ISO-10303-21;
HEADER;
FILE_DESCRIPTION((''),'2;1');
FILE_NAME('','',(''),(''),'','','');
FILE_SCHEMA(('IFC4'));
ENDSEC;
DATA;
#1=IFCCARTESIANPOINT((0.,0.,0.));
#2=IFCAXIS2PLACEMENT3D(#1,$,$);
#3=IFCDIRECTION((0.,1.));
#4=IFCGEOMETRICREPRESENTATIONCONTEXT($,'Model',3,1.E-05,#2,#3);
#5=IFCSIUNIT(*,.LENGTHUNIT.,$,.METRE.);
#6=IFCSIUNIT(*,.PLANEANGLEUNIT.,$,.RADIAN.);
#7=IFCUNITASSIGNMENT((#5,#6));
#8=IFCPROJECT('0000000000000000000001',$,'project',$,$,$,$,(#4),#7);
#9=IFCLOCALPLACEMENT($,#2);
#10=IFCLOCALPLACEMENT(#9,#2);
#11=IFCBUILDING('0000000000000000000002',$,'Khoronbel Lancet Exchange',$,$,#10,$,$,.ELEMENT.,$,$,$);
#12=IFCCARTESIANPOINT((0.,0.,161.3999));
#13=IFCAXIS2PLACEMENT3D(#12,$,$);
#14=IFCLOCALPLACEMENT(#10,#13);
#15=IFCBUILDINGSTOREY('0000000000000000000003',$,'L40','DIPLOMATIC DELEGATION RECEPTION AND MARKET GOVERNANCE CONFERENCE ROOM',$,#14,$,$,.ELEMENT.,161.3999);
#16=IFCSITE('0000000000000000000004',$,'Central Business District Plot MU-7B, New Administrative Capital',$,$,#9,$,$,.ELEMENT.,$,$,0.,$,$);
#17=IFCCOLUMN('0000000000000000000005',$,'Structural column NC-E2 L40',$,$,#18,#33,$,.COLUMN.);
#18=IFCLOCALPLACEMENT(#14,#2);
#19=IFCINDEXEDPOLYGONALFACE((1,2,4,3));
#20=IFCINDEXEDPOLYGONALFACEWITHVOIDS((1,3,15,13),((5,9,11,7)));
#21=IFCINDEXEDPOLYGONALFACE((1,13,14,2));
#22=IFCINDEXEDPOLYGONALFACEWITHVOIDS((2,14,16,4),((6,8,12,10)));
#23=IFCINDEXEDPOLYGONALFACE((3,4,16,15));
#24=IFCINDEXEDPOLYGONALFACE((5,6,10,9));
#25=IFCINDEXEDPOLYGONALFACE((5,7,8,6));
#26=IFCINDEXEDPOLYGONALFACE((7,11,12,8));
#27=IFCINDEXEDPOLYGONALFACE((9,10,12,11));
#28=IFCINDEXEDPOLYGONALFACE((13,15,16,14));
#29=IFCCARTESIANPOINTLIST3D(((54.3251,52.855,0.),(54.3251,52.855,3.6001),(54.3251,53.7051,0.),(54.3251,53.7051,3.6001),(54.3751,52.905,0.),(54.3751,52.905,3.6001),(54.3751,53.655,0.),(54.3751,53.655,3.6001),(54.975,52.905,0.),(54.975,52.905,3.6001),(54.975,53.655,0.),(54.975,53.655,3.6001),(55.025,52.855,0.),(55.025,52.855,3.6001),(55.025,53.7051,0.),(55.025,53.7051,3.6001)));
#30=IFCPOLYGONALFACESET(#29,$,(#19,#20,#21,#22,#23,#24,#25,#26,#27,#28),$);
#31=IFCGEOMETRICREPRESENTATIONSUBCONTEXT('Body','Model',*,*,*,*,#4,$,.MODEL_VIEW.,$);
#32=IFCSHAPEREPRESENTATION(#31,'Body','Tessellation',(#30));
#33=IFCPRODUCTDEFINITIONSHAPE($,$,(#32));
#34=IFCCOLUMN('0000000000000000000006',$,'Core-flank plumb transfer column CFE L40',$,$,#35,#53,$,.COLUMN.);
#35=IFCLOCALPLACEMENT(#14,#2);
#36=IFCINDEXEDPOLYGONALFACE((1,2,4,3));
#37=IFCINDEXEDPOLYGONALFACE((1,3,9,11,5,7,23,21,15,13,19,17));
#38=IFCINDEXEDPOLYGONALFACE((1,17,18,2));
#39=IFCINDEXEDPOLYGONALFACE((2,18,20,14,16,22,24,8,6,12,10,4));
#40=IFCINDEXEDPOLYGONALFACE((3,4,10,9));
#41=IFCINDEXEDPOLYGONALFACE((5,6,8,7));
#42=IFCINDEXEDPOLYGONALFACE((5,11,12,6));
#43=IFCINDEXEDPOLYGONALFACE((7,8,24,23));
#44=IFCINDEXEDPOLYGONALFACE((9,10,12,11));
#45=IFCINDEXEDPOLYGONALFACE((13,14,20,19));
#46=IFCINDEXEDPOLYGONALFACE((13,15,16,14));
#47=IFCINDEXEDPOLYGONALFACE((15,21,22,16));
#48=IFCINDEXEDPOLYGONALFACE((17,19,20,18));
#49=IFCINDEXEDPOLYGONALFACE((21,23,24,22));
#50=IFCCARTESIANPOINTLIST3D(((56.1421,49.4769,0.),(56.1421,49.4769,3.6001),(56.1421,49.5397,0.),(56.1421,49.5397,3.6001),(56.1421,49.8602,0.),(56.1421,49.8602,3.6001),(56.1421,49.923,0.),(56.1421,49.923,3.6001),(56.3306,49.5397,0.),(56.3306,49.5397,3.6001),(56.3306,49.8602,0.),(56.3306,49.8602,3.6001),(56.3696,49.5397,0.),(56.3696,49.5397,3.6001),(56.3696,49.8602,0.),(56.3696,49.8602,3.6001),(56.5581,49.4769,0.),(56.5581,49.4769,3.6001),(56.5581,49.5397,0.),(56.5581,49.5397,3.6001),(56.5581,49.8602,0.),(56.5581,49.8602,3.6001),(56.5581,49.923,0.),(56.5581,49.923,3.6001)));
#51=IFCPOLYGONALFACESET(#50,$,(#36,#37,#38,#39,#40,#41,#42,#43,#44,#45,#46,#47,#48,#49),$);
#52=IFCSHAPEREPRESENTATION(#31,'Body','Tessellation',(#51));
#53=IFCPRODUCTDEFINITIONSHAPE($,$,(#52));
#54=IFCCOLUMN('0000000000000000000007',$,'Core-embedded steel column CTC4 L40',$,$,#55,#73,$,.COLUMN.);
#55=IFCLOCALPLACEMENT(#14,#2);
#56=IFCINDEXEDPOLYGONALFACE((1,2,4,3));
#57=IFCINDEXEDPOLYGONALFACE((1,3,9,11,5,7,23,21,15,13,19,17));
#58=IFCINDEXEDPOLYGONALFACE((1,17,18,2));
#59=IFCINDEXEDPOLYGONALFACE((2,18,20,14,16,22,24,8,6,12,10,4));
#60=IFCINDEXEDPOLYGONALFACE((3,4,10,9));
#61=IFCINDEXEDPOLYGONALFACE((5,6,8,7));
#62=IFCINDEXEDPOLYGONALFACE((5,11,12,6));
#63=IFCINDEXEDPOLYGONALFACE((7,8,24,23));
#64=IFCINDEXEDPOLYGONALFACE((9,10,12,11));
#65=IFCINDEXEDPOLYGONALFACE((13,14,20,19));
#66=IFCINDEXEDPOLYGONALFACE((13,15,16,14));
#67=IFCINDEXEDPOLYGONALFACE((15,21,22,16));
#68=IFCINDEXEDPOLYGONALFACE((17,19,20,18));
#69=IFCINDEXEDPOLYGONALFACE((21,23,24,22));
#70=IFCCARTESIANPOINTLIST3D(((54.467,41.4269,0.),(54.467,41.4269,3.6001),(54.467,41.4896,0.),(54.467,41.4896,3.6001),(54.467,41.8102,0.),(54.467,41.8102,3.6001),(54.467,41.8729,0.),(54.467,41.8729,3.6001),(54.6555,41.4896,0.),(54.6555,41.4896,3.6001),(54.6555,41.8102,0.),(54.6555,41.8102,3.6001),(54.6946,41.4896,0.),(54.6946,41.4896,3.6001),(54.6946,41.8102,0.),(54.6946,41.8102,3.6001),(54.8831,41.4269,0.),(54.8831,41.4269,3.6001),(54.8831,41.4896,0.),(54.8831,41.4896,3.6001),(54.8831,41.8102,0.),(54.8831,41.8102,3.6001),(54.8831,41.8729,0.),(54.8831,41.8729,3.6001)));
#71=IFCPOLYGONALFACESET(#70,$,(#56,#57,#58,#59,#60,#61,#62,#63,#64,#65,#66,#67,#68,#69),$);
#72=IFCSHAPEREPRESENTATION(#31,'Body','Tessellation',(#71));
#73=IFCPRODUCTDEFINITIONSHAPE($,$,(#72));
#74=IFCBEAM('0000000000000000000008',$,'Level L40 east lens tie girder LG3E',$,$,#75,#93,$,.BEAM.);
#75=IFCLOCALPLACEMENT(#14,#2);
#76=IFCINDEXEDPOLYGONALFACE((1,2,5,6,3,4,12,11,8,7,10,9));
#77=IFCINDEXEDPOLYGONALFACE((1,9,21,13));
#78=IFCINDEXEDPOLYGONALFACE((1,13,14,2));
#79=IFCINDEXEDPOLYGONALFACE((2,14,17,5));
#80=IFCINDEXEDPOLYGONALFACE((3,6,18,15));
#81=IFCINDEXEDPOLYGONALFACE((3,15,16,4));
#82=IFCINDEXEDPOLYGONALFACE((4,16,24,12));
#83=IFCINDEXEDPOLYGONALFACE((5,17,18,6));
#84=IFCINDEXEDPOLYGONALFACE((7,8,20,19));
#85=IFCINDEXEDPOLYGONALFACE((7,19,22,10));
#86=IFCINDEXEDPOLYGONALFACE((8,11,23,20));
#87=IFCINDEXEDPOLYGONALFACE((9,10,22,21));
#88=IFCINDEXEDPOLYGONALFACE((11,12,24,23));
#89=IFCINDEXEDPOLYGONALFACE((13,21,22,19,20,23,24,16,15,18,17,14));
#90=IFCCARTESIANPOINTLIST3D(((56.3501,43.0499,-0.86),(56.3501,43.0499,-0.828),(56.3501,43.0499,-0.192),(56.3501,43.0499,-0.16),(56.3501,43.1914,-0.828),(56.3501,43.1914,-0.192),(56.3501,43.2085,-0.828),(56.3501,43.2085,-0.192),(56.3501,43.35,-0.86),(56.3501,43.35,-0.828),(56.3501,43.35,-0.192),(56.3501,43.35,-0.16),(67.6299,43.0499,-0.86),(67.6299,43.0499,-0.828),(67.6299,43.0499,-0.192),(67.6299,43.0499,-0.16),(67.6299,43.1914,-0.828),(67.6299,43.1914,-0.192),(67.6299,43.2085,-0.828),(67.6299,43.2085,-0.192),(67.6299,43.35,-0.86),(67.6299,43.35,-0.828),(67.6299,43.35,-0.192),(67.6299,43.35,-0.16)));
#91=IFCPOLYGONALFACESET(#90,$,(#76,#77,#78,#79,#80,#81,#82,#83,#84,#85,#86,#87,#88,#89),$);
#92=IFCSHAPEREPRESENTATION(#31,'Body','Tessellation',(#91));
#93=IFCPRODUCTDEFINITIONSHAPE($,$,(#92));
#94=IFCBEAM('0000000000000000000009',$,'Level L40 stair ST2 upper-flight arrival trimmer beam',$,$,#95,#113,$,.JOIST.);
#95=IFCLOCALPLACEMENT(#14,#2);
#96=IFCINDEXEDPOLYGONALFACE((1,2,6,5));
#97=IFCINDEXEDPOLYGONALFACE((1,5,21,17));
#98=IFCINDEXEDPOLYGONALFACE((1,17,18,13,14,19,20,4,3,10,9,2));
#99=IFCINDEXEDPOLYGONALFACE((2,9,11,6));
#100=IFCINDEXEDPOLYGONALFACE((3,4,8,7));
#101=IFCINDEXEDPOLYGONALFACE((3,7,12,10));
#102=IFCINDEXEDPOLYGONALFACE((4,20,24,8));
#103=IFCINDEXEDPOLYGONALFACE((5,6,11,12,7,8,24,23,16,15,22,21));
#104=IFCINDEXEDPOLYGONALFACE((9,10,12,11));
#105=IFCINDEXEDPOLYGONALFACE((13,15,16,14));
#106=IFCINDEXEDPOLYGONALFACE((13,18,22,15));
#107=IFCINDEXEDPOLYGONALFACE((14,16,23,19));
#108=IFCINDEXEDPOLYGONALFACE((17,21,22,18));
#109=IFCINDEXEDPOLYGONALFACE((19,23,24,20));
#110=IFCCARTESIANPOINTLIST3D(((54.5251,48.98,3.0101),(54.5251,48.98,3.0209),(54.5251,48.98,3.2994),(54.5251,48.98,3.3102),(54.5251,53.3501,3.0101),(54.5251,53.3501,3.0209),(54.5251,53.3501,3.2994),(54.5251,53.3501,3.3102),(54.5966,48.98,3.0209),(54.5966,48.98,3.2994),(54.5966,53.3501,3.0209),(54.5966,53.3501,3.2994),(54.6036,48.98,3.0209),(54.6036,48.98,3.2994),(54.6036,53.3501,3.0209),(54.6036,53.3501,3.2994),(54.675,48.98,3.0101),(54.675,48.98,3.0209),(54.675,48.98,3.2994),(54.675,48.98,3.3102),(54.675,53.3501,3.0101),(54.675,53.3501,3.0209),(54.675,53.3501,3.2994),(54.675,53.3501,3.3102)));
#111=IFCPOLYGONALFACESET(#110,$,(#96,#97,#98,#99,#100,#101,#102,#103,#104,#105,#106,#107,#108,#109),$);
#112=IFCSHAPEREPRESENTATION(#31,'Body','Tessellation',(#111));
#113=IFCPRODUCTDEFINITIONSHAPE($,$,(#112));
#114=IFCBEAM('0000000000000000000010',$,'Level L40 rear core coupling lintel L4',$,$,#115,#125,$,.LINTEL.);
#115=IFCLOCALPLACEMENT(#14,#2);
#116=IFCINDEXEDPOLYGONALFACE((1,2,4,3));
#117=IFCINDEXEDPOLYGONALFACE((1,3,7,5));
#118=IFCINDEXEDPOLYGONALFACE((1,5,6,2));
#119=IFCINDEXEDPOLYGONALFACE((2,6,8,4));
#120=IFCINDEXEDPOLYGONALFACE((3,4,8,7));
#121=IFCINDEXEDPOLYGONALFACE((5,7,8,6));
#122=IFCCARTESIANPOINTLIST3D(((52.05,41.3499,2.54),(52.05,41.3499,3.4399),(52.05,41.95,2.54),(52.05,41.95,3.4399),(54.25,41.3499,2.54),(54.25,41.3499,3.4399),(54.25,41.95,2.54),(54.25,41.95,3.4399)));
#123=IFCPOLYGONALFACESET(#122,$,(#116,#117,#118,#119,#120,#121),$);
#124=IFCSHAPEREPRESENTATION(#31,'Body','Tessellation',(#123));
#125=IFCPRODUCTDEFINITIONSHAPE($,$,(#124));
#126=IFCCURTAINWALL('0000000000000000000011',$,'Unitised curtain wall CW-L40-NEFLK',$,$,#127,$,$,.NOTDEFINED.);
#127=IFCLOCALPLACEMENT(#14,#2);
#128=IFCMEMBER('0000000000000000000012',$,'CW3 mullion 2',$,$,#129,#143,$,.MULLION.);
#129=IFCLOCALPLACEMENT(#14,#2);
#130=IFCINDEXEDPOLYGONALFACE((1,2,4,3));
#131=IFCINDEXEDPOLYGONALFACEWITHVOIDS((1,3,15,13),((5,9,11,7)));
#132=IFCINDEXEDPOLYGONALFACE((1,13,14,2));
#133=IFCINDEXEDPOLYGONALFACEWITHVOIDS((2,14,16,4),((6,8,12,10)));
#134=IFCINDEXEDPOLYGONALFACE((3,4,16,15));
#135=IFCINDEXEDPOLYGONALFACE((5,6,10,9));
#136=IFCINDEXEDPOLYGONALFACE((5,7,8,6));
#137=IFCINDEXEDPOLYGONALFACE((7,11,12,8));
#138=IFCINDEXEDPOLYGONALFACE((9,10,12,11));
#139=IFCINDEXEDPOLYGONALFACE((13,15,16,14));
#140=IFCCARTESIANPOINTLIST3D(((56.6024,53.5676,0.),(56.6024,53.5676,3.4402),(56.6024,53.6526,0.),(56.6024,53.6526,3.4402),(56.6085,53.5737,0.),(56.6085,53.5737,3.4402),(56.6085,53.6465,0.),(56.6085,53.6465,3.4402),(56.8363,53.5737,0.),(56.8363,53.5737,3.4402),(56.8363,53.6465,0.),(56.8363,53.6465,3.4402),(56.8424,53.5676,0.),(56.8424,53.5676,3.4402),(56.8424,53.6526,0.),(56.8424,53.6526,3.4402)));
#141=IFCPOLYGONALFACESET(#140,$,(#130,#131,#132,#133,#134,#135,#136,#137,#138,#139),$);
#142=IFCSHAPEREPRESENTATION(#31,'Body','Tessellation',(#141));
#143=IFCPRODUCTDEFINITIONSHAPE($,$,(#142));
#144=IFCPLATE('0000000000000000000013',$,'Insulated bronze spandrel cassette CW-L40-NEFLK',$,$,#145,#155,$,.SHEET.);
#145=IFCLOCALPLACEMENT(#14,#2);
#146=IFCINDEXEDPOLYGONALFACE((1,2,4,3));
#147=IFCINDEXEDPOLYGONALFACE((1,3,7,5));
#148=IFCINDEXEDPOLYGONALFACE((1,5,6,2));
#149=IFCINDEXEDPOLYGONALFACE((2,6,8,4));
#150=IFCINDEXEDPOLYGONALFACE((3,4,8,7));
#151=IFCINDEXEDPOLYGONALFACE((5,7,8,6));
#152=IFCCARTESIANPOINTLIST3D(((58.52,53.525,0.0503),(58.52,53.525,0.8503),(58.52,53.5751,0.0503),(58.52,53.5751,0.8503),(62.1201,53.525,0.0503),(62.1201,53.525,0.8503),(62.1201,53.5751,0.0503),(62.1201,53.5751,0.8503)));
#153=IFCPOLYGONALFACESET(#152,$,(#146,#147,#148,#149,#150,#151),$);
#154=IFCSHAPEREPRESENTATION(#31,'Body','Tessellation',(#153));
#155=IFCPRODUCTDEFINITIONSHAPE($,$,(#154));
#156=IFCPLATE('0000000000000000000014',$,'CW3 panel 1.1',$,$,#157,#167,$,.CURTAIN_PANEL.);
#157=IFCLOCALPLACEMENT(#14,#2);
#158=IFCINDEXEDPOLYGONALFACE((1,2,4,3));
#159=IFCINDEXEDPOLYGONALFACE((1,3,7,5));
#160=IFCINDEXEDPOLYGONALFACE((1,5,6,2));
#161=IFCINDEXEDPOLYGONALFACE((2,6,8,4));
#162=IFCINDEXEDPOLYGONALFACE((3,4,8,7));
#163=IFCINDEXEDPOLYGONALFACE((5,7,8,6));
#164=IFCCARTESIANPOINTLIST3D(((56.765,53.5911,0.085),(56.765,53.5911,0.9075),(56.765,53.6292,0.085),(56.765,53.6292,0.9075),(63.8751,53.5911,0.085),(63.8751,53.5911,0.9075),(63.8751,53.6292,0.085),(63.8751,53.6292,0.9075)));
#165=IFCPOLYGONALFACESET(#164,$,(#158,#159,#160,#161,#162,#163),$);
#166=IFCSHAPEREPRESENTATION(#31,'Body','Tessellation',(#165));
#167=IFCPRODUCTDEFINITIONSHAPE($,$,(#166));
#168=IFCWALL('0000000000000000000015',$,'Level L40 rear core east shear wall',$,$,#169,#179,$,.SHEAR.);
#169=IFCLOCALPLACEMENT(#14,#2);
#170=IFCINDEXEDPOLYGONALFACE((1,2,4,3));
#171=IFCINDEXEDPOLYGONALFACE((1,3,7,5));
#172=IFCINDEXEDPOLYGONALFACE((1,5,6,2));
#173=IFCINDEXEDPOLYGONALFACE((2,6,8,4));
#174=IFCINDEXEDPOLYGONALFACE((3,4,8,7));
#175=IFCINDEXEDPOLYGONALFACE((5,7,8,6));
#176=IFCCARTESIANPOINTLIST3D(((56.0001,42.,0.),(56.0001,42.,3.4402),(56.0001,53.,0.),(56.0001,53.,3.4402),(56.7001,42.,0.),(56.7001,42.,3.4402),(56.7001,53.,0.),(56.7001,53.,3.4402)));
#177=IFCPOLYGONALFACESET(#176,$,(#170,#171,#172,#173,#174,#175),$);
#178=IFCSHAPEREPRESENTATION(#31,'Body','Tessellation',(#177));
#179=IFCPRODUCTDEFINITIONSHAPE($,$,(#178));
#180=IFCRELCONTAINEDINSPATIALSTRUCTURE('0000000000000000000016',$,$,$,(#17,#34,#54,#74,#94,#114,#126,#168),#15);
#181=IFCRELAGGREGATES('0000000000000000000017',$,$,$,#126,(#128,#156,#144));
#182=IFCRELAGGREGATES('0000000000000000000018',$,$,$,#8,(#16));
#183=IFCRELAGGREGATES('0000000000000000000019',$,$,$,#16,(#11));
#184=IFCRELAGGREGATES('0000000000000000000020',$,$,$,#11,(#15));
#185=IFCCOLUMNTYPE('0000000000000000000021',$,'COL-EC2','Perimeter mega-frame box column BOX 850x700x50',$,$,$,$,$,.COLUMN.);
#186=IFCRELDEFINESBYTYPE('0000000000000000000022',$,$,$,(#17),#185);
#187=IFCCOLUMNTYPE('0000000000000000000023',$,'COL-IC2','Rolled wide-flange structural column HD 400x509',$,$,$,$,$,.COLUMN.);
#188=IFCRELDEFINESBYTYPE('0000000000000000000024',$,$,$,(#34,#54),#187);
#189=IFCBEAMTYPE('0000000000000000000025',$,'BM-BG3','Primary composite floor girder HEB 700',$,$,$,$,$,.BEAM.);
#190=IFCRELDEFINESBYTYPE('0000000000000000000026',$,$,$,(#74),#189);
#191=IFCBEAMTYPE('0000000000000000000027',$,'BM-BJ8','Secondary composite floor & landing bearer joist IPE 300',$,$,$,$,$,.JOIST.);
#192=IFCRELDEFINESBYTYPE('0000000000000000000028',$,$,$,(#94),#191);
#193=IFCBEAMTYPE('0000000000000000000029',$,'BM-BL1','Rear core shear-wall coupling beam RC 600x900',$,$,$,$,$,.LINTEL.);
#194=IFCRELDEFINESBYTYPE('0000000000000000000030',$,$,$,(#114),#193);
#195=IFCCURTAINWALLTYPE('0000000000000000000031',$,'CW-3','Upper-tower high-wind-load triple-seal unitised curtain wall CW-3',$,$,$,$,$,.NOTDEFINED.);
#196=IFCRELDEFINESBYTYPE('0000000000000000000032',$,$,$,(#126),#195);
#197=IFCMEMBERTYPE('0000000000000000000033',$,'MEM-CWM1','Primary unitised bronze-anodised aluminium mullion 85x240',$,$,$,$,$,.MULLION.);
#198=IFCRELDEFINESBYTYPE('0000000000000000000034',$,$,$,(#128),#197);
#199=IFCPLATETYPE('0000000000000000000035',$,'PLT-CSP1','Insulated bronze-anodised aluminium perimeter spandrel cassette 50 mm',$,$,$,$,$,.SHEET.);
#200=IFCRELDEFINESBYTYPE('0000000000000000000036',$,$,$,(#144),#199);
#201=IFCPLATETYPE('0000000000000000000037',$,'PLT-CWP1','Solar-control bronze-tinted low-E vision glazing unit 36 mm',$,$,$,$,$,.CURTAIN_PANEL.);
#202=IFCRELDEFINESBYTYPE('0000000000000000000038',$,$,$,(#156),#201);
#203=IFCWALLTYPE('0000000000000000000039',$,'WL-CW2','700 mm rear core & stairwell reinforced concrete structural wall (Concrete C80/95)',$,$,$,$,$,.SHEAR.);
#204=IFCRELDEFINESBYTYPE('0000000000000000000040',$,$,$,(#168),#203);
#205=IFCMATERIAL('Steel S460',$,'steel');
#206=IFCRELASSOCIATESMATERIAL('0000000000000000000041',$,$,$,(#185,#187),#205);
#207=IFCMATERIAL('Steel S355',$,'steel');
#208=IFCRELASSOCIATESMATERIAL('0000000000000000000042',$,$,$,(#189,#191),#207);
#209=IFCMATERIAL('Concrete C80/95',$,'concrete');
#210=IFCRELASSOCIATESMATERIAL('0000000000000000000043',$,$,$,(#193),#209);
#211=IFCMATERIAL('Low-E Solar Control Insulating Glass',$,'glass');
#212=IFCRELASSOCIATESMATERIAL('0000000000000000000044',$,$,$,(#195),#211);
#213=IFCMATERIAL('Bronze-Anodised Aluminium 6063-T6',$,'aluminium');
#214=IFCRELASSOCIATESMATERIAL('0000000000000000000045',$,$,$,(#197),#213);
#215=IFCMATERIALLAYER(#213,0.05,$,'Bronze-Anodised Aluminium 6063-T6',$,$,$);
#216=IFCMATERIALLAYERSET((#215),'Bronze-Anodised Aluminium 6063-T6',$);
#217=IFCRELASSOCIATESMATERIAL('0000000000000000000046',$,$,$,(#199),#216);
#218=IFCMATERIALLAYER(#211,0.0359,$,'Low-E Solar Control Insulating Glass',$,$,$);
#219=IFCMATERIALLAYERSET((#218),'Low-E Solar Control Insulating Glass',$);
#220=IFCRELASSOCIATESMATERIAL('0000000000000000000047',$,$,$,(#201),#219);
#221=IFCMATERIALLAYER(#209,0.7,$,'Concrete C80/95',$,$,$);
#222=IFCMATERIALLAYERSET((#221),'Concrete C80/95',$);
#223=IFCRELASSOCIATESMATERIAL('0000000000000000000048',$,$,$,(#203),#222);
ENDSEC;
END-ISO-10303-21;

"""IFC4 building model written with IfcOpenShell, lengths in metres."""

from ifc_helpers import new_model, si_unit, direction, frame, frame_2d, origin, origin_2d, place, context, subcontext, project, spatial, rectangle, hollow_rectangle, i_section, extrude, material, layer, layer_set, material_profile, profile_set, type_object, element, aggregate, save


model = new_model("IFC4")

# Units and contexts
model_context = context("Model", 3, precision=1e-05, world=origin(), true_north=direction((0.0, 1.0)))
body_context = subcontext(model_context, "Body", "Model", "MODEL_VIEW")
ifc_project = project(units=[si_unit("LENGTHUNIT", "METRE"), si_unit("PLANEANGLEUNIT", "RADIAN")], contexts=[model_context])

# Site, building, storey
site_placement = place(None, origin())
site = spatial("IfcSite", under=ifc_project, at=site_placement, Name="Central Business District Plot MU-7B, New Administrative Capital", CompositionType="ELEMENT", RefElevation=0.0)
building_placement = place(site_placement, origin())
building = spatial("IfcBuilding", under=site, at=building_placement, Name="Khoronbel Lancet Exchange", CompositionType="ELEMENT")
storey_placement = place(building_placement, frame((0.0, 0.0, 161.3999)))
storey = spatial("IfcBuildingStorey", under=building, at=storey_placement, Name="L40", Description="DIPLOMATIC DELEGATION RECEPTION AND MARKET GOVERNANCE CONFERENCE ROOM", CompositionType="ELEMENT", Elevation=161.3999)

# Columns
ifc_material_1 = material(Name="Steel S460", Category="steel")
ifc_material_profile_1 = material_profile(ifc_material_1, hollow_rectangle(XDim=0.7, YDim=0.8501, WallThickness=0.05, at=origin_2d()), Name="BOX 850x700x50")
ifc_profile_set_1 = profile_set([ifc_material_profile_1], Name="Steel S460")
column_type_1 = type_object("IfcColumnType", Name="COL-EC2", Description="Perimeter mega-frame box column BOX 850x700x50", PredefinedType="COLUMN", material=ifc_profile_set_1)
column_placement = place(storey_placement, frame((54.675, 53.28, 0.0), z_axis=(0.0, 0.0, 1.0), x_axis=(1.0, 0.0, 0.0)))
element("IfcColumn", 1, at=column_placement, inside=storey, type_object=column_type_1, Name="Structural column NC-E2 L40", PredefinedType="COLUMN", context=body_context, shape_type="SweptSolid", body=[
    extrude(hollow_rectangle(XDim=0.7, YDim=0.8501, WallThickness=0.05, at=origin_2d()), origin(), (0.0, 0.0, 1.0), 3.6001),
])
ifc_material_profile_2 = material_profile(ifc_material_1, i_section(OverallWidth=0.416, OverallDepth=0.446, WebThickness=0.0391, FlangeThickness=0.0627, at=origin_2d()), Name="HD 400x509")
ifc_profile_set_2 = profile_set([ifc_material_profile_2], Name="Steel S460")
column_type_2 = type_object("IfcColumnType", Name="COL-IC2", Description="Rolled wide-flange structural column HD 400x509", PredefinedType="COLUMN", material=ifc_profile_set_2)
for number, where, z_axis, x_axis, name in (
    (2, (56.3501, 49.7, 0.0), (0.0, 0.0, 1.0), (1.0, 0.0, 0.0), "Core-flank plumb transfer column CFE L40"),
    (3, (54.675, 41.6499, 0.0), (0.0, 0.0, 1.0), (1.0, 0.0, 0.0), "Core-embedded steel column CTC4 L40"),
):
    element("IfcColumn", number, at=place(storey_placement, frame(where, z_axis=z_axis, x_axis=x_axis)), inside=storey, type_object=column_type_2, Name=name, PredefinedType="COLUMN", context=body_context, shape_type="SweptSolid", body=[
        extrude(i_section(OverallWidth=0.416, OverallDepth=0.446, WebThickness=0.0391, FlangeThickness=0.0627, at=origin_2d()), origin(), (0.0, 0.0, 1.0), 3.6001),
    ])

# Beams
ifc_material_2 = material(Name="Steel S355", Category="steel")
ifc_material_profile_3 = material_profile(ifc_material_2, i_section(OverallWidth=0.3, OverallDepth=0.7, WebThickness=0.0171, FlangeThickness=0.032, at=origin_2d()), Name="HEB 700")
ifc_profile_set_3 = profile_set([ifc_material_profile_3], Name="Steel S355")
beam_type_1 = type_object("IfcBeamType", Name="BM-BG3", Description="Primary composite floor girder HEB 700", PredefinedType="BEAM", material=ifc_profile_set_3)
beam_1_placement = place(storey_placement, frame((56.3501, 43.2, -0.51), z_axis=(1.0, 0.0, 0.0), x_axis=(0.0, 1.0, 0.0)))
element("IfcBeam", 4, at=beam_1_placement, inside=storey, type_object=beam_type_1, Name="Level L40 east lens tie girder LG3E", PredefinedType="BEAM", context=body_context, shape_type="SweptSolid", body=[
    extrude(i_section(OverallWidth=0.3, OverallDepth=0.7, WebThickness=0.0171, FlangeThickness=0.032, at=origin_2d()), origin(), (0.0, 0.0, 1.0), 11.2798),
])
ifc_material_profile_4 = material_profile(ifc_material_2, i_section(OverallWidth=0.1499, OverallDepth=0.3, WebThickness=0.0071, FlangeThickness=0.0107, at=origin_2d()), Name="IPE 300")
ifc_profile_set_4 = profile_set([ifc_material_profile_4], Name="Steel S355")
beam_type_2 = type_object("IfcBeamType", Name="BM-BJ8", Description="Secondary composite floor & landing bearer joist IPE 300", PredefinedType="JOIST", material=ifc_profile_set_4)
beam_2_placement = place(storey_placement, frame((54.6001, 48.98, 3.1602), z_axis=(0.0, 1.0, 0.0), x_axis=(-1.0, 0.0, 0.0)))
element("IfcBeam", 5, at=beam_2_placement, inside=storey, type_object=beam_type_2, Name="Level L40 stair ST2 upper-flight arrival trimmer beam", PredefinedType="JOIST", context=body_context, shape_type="SweptSolid", body=[
    extrude(i_section(OverallWidth=0.1499, OverallDepth=0.3, WebThickness=0.0071, FlangeThickness=0.0107, at=origin_2d()), origin(), (0.0, 0.0, 1.0), 4.3701),
])
ifc_material_3 = material(Name="Concrete C80/95", Category="concrete")
ifc_material_profile_5 = material_profile(ifc_material_3, rectangle(XDim=0.6001, YDim=0.8999, at=origin_2d()), Name="RC 600x900")
ifc_profile_set_5 = profile_set([ifc_material_profile_5], Name="Concrete C80/95")
beam_type_3 = type_object("IfcBeamType", Name="BM-BL1", Description="Rear core shear-wall coupling beam RC 600x900", PredefinedType="LINTEL", material=ifc_profile_set_5)
beam_3_placement = place(storey_placement, frame((52.05, 41.6499, 2.99), z_axis=(1.0, 0.0, 0.0), x_axis=(0.0, 1.0, 0.0)))
element("IfcBeam", 6, at=beam_3_placement, inside=storey, type_object=beam_type_3, Name="Level L40 rear core coupling lintel L4", PredefinedType="LINTEL", context=body_context, shape_type="SweptSolid", body=[
    extrude(rectangle(XDim=0.6001, YDim=0.8999, at=origin_2d()), origin(), (0.0, 0.0, 1.0), 2.2),
])

# Curtain wall, member, plates
ifc_material_4 = material(Name="Low-E Solar Control Insulating Glass", Category="glass")
curtain_wall_type = type_object("IfcCurtainWallType", Name="CW-3", Description="Upper-tower high-wind-load triple-seal unitised curtain wall CW-3", PredefinedType="NOTDEFINED", material=ifc_material_4)
curtain_wall_placement = place(storey_placement, origin())
curtain_wall = element("IfcCurtainWall", 7, at=curtain_wall_placement, inside=storey, type_object=curtain_wall_type, Name="Unitised curtain wall CW-L40-NEFLK", PredefinedType="NOTDEFINED")
ifc_material_5 = material(Name="Bronze-Anodised Aluminium 6063-T6", Category="aluminium")
ifc_material_profile_6 = material_profile(ifc_material_5, hollow_rectangle(XDim=0.085, YDim=0.24, WallThickness=0.0061, at=origin_2d()), Name="ALU MULLION 85x240")
ifc_profile_set_6 = profile_set([ifc_material_profile_6], Name="Bronze-Anodised Aluminium 6063-T6")
member_type = type_object("IfcMemberType", Name="MEM-CWM1", Description="Primary unitised bronze-anodised aluminium mullion 85x240", PredefinedType="MULLION", material=ifc_profile_set_6)
member_placement = place(storey_placement, frame((56.7224, 53.6101, 0.0), z_axis=(0.0, 0.0, 1.0), x_axis=(0.0, -1.0, 0.0)))
member = element("IfcMember", 8, at=member_placement, type_object=member_type, Name="CW3 mullion 2", PredefinedType="MULLION", context=body_context, shape_type="SweptSolid", body=[
    extrude(hollow_rectangle(XDim=0.085, YDim=0.24, WallThickness=0.0061, at=origin_2d()), origin(), (0.0, 0.0, 1.0), 3.4402),
])
ifc_layer_1 = layer(ifc_material_5, 0.05, Name="Bronze-Anodised Aluminium 6063-T6")
ifc_layer_set_1 = layer_set([ifc_layer_1], Name="Bronze-Anodised Aluminium 6063-T6")
plate_type_1 = type_object("IfcPlateType", Name="PLT-CSP1", Description="Insulated bronze-anodised aluminium perimeter spandrel cassette 50 mm", PredefinedType="SHEET", material=ifc_layer_set_1)
plate_1_placement = place(storey_placement, frame((60.3201, 53.55, 0.0503), z_axis=(0.0, 0.0, 1.0), x_axis=(-1.0, 0.0, 0.0)))
plate_1 = element("IfcPlate", 9, at=plate_1_placement, type_object=plate_type_1, Name="Insulated bronze spandrel cassette CW-L40-NEFLK", PredefinedType="SHEET", context=body_context, shape_type="SweptSolid", body=[
    extrude(rectangle(XDim=3.6001, YDim=0.05, at=origin_2d()), origin(), (0.0, 0.0, 1.0), 0.8),
])
ifc_layer_2 = layer(ifc_material_4, 0.0359, Name="Low-E Solar Control Insulating Glass")
ifc_layer_set_2 = layer_set([ifc_layer_2], Name="Low-E Solar Control Insulating Glass")
plate_type_2 = type_object("IfcPlateType", Name="PLT-CWP1", Description="Solar-control bronze-tinted low-E vision glazing unit 36 mm", PredefinedType="CURTAIN_PANEL", material=ifc_layer_set_2)
plate_2_placement = place(storey_placement, frame((60.3201, 53.6101, 0.085), z_axis=(0.0, 0.0, 1.0), x_axis=(-1.0, 0.0, 0.0)))
plate_2 = element("IfcPlate", 10, at=plate_2_placement, type_object=plate_type_2, Name="CW3 panel 1.1", PredefinedType="CURTAIN_PANEL", context=body_context, shape_type="SweptSolid", body=[
    extrude(rectangle(XDim=7.1101, YDim=0.0381, at=origin_2d()), origin(), (0.0, 0.0, 1.0), 0.8225),
])
aggregate(curtain_wall, [member, plate_2, plate_1])

# Wall
ifc_layer_3 = layer(ifc_material_3, 0.7, Name="Concrete C80/95")
ifc_layer_set_3 = layer_set([ifc_layer_3], Name="Concrete C80/95")
wall_type_1 = type_object("IfcWallType", Name="WL-CW2", Description="700 mm rear core & stairwell reinforced concrete structural wall (Concrete C80/95)", PredefinedType="SHEAR", material=ifc_layer_set_3)
wall_1_placement = place(storey_placement, frame((56.3501, 53.0, 0.0), z_axis=(0.0, 0.0, 1.0), x_axis=(0.0, -1.0, 0.0)))
element("IfcWall", 11, at=wall_1_placement, inside=storey, type_object=wall_type_1, Name="Level L40 rear core east shear wall", PredefinedType="SHEAR", context=body_context, shape_type="SweptSolid", body=[
    extrude(rectangle(XDim=11.0, YDim=0.7, at=frame_2d((5.5, 0.0))), origin(), (0.0, 0.0, 1.0), 3.4402),
])

save(model, "model.ifc")
